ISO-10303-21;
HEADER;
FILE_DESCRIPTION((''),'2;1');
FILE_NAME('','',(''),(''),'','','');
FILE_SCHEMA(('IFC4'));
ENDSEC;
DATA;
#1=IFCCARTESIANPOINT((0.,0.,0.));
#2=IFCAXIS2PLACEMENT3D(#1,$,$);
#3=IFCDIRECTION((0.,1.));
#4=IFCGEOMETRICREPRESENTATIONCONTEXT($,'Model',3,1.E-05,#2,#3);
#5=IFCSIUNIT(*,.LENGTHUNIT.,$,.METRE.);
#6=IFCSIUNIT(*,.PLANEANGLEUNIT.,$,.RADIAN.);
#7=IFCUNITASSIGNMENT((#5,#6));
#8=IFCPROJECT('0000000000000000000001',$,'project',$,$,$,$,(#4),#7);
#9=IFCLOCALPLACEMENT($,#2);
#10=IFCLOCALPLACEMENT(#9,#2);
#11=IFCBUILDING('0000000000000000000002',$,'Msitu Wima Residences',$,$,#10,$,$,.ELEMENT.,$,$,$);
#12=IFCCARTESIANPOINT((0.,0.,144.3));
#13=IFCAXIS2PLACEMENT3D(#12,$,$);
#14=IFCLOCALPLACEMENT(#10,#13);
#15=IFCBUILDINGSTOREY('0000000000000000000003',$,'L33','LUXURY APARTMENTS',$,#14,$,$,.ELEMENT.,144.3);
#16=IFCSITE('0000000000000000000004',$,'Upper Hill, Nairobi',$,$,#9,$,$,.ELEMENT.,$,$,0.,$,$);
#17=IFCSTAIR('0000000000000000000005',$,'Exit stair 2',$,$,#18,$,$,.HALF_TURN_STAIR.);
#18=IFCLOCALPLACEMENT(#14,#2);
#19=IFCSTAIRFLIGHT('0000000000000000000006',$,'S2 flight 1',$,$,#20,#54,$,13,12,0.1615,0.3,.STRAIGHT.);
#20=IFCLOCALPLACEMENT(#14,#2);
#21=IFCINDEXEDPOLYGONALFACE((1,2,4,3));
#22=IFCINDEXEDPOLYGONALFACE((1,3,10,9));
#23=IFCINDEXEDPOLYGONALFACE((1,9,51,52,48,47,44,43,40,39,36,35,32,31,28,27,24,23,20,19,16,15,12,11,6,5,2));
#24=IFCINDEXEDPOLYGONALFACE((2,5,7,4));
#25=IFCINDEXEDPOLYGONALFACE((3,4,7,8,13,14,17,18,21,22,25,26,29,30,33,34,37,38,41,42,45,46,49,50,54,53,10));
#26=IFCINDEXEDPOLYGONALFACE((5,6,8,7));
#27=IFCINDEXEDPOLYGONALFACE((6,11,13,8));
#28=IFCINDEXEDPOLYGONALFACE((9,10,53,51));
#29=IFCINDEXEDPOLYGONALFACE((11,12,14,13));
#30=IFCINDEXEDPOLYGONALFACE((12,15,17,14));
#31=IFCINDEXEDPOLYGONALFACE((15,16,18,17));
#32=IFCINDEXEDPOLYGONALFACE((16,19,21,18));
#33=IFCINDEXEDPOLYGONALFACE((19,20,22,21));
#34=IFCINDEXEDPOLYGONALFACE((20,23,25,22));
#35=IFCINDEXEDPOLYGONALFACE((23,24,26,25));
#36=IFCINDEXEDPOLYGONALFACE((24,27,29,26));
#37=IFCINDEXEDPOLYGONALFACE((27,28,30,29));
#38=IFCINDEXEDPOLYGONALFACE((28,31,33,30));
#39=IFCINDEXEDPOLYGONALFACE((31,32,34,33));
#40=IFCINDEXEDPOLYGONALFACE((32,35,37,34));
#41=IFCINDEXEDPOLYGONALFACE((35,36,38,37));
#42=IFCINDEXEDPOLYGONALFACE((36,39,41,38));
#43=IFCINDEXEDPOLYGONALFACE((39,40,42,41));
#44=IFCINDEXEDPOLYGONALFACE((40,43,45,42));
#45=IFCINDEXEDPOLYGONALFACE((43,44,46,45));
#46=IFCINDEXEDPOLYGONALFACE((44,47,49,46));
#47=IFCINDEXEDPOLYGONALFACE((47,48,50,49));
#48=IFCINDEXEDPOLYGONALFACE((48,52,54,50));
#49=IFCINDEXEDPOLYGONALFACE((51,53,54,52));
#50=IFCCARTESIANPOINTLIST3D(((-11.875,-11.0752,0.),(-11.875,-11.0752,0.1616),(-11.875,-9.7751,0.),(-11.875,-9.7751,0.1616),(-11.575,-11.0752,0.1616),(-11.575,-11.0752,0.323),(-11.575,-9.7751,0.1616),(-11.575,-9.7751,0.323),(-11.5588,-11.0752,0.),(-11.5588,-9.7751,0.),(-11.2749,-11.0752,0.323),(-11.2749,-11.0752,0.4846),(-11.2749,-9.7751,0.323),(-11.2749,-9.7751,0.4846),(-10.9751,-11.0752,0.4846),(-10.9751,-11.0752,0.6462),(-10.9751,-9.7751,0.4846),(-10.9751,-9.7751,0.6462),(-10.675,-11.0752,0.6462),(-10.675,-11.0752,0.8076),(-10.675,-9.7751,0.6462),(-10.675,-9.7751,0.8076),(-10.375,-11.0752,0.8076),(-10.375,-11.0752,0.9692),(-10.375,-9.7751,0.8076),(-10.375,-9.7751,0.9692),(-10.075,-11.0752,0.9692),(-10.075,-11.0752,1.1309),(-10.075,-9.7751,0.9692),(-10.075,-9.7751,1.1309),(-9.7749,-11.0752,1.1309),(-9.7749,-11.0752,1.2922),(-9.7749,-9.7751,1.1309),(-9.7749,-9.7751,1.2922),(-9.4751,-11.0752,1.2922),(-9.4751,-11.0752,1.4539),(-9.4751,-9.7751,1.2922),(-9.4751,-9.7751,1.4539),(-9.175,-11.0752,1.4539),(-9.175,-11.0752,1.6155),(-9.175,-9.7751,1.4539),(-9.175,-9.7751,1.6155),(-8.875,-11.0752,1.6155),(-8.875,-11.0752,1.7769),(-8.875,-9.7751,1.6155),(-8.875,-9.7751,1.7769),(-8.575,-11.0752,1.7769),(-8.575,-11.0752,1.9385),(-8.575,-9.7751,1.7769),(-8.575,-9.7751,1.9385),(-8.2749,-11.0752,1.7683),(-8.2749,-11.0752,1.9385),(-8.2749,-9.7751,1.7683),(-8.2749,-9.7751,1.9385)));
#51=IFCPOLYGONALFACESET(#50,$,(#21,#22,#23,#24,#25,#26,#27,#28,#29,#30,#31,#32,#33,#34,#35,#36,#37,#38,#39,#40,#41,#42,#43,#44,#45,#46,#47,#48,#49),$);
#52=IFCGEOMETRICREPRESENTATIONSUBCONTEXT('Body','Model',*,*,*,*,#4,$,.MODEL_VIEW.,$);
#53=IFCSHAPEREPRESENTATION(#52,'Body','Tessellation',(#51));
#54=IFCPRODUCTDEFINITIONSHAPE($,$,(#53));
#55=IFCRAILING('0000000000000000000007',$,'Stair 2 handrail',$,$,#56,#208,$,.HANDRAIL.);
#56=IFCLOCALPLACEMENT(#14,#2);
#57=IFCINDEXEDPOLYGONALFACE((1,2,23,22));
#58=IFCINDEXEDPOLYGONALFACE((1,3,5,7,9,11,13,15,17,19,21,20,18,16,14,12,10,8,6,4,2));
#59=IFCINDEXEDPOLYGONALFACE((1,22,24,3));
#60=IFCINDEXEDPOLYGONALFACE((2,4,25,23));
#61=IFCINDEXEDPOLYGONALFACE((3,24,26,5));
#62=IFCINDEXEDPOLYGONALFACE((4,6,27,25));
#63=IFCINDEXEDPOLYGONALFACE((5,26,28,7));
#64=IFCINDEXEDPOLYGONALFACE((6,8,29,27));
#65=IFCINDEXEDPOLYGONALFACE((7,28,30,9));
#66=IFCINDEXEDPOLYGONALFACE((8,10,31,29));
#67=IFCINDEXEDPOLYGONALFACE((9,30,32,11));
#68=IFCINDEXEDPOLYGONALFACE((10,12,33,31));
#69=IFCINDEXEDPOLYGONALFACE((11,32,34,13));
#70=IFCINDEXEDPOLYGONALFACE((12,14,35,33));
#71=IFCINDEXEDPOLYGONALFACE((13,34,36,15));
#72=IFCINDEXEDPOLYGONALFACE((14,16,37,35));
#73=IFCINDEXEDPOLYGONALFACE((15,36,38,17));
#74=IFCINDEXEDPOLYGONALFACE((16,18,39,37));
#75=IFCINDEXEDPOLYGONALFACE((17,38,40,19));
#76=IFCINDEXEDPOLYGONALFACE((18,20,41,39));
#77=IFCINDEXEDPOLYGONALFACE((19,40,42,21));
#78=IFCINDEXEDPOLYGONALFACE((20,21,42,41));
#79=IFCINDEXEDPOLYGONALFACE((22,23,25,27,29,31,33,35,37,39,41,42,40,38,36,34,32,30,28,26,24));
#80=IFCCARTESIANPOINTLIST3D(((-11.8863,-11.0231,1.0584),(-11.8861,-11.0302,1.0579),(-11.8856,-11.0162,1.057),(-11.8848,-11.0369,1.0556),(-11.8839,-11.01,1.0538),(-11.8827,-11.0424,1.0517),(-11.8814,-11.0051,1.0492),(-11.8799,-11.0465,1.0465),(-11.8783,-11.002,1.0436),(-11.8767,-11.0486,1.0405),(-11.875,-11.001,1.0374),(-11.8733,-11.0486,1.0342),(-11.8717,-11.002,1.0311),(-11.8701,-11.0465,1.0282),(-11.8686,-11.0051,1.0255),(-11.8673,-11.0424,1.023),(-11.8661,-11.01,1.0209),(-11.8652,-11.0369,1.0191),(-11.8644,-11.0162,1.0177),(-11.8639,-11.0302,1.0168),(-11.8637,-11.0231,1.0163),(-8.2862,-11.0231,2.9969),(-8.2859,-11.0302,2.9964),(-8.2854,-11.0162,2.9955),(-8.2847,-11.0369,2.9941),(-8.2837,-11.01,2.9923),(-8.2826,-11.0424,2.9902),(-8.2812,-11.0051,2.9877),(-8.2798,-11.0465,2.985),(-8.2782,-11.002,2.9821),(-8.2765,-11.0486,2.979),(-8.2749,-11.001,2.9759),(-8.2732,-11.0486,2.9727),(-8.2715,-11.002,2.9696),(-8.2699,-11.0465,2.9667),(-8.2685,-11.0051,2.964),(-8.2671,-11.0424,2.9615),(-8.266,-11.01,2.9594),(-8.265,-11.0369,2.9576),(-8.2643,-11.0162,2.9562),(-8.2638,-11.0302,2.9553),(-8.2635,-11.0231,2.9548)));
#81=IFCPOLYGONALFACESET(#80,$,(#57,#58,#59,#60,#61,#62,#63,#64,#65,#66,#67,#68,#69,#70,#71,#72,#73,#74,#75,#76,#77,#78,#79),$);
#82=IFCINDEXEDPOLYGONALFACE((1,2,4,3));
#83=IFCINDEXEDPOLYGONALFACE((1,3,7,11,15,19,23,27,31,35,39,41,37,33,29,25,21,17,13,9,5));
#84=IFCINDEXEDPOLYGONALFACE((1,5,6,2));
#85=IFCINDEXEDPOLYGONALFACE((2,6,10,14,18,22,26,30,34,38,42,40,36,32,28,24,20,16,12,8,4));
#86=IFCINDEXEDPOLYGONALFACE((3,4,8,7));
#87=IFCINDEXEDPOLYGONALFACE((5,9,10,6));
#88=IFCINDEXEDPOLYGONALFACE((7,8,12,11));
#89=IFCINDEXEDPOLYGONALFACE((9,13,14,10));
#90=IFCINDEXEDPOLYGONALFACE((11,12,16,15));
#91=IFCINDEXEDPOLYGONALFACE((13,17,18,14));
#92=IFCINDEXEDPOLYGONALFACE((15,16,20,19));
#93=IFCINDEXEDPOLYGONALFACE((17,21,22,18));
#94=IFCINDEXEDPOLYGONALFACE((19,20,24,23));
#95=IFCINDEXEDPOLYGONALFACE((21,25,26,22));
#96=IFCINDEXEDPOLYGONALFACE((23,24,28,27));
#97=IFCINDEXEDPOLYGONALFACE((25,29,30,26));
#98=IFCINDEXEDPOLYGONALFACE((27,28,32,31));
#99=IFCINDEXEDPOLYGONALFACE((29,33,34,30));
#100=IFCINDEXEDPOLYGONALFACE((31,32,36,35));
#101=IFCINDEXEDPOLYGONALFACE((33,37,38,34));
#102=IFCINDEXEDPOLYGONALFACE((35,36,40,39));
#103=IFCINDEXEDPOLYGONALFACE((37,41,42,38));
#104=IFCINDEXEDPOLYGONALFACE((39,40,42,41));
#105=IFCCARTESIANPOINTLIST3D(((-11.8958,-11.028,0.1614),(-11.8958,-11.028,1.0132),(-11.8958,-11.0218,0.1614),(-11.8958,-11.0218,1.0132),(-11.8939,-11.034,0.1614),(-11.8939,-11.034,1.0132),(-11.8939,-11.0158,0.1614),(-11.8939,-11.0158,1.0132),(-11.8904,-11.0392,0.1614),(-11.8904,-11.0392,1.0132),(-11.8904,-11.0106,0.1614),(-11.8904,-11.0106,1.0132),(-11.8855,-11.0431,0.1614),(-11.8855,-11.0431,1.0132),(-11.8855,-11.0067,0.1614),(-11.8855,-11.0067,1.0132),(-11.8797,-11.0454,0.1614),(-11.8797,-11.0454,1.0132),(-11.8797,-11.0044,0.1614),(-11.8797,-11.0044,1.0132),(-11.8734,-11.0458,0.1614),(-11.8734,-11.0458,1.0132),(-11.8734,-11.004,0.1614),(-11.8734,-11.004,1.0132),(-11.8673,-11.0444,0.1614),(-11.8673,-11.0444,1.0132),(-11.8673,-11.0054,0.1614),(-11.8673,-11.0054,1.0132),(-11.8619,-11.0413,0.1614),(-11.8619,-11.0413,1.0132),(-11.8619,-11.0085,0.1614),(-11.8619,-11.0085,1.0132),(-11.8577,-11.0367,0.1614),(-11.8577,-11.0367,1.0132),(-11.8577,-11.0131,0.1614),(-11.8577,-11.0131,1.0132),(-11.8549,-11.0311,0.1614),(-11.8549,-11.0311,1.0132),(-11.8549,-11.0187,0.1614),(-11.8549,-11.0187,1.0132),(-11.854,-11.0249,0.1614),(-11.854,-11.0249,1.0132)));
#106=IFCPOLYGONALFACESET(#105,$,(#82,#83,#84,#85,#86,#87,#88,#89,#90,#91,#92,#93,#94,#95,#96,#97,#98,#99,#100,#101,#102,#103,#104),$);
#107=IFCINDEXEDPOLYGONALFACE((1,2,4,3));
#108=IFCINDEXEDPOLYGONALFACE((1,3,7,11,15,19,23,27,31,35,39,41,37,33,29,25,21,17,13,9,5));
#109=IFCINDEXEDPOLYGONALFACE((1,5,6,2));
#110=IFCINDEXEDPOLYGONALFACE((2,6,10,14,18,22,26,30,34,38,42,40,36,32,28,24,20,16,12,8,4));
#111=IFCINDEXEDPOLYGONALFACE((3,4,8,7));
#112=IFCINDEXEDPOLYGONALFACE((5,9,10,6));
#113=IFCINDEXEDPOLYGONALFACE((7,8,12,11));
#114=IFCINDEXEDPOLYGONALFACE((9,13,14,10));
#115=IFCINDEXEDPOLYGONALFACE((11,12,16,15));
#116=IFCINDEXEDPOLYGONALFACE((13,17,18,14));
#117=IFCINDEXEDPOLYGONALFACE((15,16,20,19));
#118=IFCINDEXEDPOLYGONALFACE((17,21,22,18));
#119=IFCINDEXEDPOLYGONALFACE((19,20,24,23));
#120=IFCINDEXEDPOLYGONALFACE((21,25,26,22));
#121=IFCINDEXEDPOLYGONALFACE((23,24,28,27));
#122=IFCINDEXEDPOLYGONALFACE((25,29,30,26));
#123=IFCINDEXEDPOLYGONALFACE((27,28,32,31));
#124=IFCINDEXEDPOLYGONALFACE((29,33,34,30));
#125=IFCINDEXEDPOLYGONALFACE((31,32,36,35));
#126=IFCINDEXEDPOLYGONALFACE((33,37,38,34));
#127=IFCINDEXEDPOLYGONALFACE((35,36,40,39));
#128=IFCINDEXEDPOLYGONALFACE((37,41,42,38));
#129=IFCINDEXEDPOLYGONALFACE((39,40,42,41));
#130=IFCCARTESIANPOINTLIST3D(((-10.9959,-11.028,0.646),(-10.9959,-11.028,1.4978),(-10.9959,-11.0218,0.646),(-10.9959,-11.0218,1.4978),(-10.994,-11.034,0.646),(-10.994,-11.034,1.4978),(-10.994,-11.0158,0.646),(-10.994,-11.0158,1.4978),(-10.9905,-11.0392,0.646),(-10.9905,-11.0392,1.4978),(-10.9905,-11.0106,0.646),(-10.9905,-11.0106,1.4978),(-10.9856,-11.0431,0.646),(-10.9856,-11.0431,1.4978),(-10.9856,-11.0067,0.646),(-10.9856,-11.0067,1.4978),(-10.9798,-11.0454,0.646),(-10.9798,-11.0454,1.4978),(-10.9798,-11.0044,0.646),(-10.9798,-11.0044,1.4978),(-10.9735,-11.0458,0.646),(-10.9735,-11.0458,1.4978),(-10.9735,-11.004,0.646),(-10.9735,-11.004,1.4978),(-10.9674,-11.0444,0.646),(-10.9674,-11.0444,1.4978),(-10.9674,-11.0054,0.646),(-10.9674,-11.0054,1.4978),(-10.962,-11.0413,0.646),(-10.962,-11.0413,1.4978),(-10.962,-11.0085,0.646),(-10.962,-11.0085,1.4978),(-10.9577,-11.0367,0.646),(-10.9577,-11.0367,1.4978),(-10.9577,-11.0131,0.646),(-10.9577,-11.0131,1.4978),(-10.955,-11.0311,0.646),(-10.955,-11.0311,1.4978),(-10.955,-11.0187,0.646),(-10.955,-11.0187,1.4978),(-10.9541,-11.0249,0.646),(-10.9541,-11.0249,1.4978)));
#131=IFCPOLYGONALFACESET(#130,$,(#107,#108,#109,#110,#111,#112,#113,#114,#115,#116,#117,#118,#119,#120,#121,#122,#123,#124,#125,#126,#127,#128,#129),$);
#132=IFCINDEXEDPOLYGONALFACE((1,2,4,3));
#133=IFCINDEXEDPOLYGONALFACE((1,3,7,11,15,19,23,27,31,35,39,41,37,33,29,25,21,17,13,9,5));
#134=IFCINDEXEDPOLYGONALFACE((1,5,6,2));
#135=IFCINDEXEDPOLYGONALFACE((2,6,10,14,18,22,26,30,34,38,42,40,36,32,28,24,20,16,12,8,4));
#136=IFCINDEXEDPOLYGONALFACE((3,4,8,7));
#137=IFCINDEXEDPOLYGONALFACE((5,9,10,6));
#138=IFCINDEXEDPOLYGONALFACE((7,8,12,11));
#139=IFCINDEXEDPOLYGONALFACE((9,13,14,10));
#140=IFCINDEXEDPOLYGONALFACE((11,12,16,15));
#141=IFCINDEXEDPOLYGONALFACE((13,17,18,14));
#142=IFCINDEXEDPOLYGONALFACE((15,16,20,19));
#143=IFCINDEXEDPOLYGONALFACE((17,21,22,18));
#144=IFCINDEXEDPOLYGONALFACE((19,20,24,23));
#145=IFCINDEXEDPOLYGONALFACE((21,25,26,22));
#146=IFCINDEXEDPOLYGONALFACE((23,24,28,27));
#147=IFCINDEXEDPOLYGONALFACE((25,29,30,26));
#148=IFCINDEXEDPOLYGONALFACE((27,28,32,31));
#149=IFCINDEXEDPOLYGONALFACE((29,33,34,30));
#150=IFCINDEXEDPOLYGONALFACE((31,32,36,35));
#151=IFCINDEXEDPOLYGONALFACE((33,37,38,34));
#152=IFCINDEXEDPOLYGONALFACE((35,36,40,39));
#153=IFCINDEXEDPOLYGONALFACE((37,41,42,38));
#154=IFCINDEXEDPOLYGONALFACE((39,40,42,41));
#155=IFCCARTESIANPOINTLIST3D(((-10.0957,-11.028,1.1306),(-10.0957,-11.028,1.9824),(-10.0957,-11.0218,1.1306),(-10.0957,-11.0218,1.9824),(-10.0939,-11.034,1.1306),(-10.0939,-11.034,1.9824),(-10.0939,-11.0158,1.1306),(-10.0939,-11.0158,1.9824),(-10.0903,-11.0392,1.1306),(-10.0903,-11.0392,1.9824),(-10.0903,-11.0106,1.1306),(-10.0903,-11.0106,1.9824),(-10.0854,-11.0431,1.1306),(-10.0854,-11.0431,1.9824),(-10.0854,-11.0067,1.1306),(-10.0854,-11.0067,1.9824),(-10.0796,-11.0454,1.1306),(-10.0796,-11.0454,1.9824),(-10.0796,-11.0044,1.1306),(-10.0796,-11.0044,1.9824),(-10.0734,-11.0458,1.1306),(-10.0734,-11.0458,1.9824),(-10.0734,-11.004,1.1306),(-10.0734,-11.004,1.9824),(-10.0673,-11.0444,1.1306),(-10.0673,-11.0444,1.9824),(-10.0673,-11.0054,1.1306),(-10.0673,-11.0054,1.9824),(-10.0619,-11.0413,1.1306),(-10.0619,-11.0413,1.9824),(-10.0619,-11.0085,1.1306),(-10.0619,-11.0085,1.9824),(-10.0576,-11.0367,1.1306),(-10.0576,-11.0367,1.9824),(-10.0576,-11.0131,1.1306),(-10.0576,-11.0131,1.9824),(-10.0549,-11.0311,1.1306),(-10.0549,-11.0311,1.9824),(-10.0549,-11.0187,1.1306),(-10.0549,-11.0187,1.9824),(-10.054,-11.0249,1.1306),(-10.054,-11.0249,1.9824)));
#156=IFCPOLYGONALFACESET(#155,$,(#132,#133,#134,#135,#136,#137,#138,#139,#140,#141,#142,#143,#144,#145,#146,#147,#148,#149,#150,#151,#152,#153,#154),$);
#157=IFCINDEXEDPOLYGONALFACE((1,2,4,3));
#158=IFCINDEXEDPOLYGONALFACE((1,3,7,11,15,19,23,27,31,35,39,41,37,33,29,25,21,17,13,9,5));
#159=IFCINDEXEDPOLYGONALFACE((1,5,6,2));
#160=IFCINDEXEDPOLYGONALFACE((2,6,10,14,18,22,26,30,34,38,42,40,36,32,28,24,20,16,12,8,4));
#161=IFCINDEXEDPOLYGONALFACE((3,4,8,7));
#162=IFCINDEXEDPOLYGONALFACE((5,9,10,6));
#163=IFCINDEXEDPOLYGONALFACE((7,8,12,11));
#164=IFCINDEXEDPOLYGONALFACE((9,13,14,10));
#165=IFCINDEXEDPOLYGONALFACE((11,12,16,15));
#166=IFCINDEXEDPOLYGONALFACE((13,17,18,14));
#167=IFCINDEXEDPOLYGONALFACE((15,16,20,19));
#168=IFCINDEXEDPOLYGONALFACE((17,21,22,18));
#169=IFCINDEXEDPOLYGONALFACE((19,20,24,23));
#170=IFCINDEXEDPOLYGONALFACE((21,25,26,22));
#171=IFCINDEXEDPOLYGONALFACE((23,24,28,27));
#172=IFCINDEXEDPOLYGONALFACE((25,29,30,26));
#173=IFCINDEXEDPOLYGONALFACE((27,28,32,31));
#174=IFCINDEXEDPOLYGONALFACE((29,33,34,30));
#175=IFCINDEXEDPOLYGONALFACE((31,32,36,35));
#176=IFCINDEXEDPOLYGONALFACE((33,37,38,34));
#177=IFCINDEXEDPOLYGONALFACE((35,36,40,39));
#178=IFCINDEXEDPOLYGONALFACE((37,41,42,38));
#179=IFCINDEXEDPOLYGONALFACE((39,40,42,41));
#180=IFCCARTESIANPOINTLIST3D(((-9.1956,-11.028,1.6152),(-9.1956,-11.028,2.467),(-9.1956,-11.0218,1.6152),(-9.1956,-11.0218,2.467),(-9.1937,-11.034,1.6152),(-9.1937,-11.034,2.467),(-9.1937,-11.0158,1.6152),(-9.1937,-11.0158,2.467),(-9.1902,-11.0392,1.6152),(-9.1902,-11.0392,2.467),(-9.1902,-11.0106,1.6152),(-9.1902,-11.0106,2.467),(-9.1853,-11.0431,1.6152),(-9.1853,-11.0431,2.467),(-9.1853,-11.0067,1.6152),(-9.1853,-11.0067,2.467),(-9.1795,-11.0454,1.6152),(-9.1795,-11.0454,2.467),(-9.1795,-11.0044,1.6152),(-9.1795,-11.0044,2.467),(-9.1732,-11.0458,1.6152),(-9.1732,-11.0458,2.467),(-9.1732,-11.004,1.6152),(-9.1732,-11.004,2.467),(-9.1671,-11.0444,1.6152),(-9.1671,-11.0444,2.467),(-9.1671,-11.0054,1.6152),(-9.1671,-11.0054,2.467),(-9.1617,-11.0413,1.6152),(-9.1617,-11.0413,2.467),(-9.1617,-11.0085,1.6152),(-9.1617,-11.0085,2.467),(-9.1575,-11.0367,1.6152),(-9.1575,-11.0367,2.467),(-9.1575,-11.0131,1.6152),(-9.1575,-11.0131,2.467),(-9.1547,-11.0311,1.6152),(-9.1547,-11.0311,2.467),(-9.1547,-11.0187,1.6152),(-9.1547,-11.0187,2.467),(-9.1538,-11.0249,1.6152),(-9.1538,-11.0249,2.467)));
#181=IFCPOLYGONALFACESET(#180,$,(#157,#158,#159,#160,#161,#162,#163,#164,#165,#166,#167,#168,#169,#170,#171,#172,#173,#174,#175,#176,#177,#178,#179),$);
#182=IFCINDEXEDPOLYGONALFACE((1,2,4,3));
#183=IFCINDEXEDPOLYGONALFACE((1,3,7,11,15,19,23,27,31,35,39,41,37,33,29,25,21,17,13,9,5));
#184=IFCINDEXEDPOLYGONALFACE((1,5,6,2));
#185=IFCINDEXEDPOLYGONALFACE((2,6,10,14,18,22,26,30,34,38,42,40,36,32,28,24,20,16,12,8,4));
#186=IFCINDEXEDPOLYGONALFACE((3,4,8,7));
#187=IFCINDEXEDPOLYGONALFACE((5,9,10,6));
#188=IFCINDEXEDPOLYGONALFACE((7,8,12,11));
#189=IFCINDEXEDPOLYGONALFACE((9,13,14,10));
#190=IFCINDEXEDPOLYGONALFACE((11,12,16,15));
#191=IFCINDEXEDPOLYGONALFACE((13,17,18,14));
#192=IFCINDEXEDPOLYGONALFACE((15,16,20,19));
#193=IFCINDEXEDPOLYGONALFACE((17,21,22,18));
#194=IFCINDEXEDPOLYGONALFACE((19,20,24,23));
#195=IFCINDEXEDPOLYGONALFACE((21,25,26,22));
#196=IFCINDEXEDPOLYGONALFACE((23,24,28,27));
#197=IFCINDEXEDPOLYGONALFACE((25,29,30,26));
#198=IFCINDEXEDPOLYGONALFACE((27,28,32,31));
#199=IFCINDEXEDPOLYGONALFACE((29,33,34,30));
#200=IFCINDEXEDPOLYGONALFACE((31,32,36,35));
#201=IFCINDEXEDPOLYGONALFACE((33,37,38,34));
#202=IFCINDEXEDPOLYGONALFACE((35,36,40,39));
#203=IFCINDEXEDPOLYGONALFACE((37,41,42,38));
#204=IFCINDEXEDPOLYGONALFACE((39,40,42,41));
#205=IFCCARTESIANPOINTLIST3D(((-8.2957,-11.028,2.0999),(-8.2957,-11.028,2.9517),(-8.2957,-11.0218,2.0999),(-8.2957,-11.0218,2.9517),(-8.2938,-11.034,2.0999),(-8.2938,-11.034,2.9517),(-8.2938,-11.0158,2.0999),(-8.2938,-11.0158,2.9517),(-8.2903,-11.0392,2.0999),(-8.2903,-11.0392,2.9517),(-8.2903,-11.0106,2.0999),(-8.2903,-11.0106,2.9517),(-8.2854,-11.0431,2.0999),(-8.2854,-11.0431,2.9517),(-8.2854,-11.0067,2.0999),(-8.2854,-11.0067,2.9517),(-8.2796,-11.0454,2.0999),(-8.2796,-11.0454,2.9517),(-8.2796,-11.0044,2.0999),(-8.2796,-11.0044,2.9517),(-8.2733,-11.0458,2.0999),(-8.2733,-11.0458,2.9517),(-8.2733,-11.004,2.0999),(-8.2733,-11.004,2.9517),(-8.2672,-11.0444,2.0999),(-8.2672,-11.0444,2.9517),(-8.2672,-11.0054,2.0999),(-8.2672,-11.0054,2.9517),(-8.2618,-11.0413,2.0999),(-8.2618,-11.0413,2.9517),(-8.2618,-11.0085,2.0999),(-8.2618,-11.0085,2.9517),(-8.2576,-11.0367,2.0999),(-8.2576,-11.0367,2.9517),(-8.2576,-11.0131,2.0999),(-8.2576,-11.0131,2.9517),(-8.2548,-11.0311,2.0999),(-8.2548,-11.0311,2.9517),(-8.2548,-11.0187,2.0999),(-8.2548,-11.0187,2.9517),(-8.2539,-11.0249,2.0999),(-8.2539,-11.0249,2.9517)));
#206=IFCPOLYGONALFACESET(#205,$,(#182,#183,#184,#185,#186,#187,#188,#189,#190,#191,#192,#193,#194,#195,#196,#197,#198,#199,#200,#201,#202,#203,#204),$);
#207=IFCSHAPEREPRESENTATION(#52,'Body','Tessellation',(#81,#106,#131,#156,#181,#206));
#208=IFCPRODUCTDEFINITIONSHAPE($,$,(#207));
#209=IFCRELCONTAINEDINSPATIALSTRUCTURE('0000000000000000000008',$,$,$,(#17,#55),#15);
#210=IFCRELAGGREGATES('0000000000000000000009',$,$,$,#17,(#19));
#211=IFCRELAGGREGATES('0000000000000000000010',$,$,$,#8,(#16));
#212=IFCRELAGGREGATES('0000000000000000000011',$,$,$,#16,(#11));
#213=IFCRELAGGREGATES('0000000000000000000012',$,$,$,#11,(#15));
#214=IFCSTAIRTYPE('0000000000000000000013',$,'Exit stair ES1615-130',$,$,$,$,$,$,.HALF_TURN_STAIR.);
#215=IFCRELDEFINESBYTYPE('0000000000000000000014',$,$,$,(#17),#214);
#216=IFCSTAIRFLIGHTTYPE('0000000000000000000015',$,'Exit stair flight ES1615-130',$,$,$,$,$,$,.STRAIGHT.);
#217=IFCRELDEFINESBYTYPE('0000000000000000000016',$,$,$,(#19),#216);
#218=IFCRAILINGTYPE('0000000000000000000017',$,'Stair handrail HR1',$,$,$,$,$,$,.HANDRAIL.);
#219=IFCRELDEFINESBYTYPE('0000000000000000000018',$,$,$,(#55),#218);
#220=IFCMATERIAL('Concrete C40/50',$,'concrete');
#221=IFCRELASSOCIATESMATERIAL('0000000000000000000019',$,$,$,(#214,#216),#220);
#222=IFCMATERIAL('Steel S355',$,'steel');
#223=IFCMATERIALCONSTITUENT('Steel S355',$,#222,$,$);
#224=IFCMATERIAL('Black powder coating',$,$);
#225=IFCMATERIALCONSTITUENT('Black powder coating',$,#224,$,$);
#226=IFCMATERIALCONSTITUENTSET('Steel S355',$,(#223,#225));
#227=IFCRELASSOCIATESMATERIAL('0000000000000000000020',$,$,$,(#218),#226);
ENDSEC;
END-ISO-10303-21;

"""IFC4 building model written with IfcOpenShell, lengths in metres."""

from ifc_helpers import new_model, si_unit, direction, frame, origin, origin_2d, place, context, subcontext, project, spatial, polyline, circle, outline, extrude, material, constituent, constituent_set, type_object, element, aggregate, save


model = new_model("IFC4")

# Units and contexts
model_context = context("Model", 3, precision=1e-05, world=origin(), true_north=direction((0.0, 1.0)))
body_context = subcontext(model_context, "Body", "Model", "MODEL_VIEW")
ifc_project = project(units=[si_unit("LENGTHUNIT", "METRE"), si_unit("PLANEANGLEUNIT", "RADIAN")], contexts=[model_context])

# Site, building, storey
site_placement = place(None, origin())
site = spatial("IfcSite", under=ifc_project, at=site_placement, Name="Upper Hill, Nairobi", CompositionType="ELEMENT", RefElevation=0.0)
building_placement = place(site_placement, origin())
building = spatial("IfcBuilding", under=site, at=building_placement, Name="Msitu Wima Residences", CompositionType="ELEMENT")
storey_placement = place(building_placement, frame((0.0, 0.0, 144.3)))
storey = spatial("IfcBuildingStorey", under=building, at=storey_placement, Name="L33", Description="LUXURY APARTMENTS", CompositionType="ELEMENT", Elevation=144.3)

# Stair, stair flight
ifc_material_1 = material(Name="Concrete C40/50", Category="concrete")
stair_type = type_object("IfcStairType", Name="Exit stair ES1615-130", PredefinedType="HALF_TURN_STAIR", material=ifc_material_1)
stair_placement = place(storey_placement, origin())
stair = element("IfcStair", 1, at=stair_placement, inside=storey, type_object=stair_type, Name="Exit stair 2", PredefinedType="HALF_TURN_STAIR")
stair_flight_type = type_object("IfcStairFlightType", Name="Exit stair flight ES1615-130", PredefinedType="STRAIGHT", material=ifc_material_1)
stair_flight_placement = place(storey_placement, frame((-11.875, -10.425, 0.0), z_axis=(0.0, 0.0, 1.0), x_axis=(1.0, 0.0, 0.0)))
stair_flight = element("IfcStairFlight", 2, at=stair_flight_placement, type_object=stair_flight_type, Name="S2 flight 1", NumberOfRisers=13, NumberOfTreads=12, PredefinedType="STRAIGHT", RiserHeight=0.1615, TreadLength=0.3, context=body_context, shape_type="SweptSolid", body=[
    extrude(outline(polyline([(0.0, 0.0), (0.0, 0.1616), (0.3, 0.1616), (0.3, 0.323), (0.6001, 0.323), (0.6001, 0.4846), (0.8999, 0.4846), (0.8999, 0.6462), (1.2, 0.6462), (1.2, 0.8076), (1.5, 0.8076), (1.5, 0.9692), (1.8, 0.9692), (1.8, 1.1309), (2.1001, 1.1309), (2.1001, 1.2922), (2.3999, 1.2922), (2.3999, 1.4539), (2.7, 1.4539), (2.7, 1.6155), (3.0, 1.6155), (3.0, 1.7769), (3.3, 1.7769), (3.3, 1.9385), (3.6001, 1.9385), (3.6001, 2.1001), (3.6001, 1.7683), (0.3162, 0.0), (0.0, 0.0)])), frame((0.0, 0.6499, 0.0), z_axis=(0.0, -1.0, 0.0), x_axis=(1.0, 0.0, 0.0)), (0.0, 0.0, 1.0), 1.3),
])
aggregate(stair, [stair_flight])

# Railing
ifc_material_2 = material(Name="Steel S355", Category="steel")
ifc_constituent_1 = constituent(ifc_material_2, Name="Steel S355")
ifc_material_3 = material(Name="Black powder coating")
ifc_constituent_2 = constituent(ifc_material_3, Name="Black powder coating")
ifc_constituent_set = constituent_set(constituents=[ifc_constituent_1, ifc_constituent_2], Name="Steel S355")
railing_type = type_object("IfcRailingType", Name="Stair handrail HR1", PredefinedType="HANDRAIL", material=ifc_constituent_set)
for number, where, name in (
    (3, (-11.875, -11.0249, 0.1614), "Stair 2 handrail"),
):
    element("IfcRailing", number, at=place(storey_placement, frame(where)), inside=storey, type_object=railing_type, Name=name, PredefinedType="HANDRAIL", context=body_context, shape_type="SweptSolid", body=[
        extrude(circle(Radius=0.0239, at=origin_2d()), frame((0.0, 0.0, 0.876), z_axis=(0.880475, 0.0, 0.474093), x_axis=(0.0, 1.0, 0.0)), (0.0, 0.0, 1.0), 4.0889),
        extrude(circle(Radius=0.021, at=origin_2d()), origin(), (0.0, 0.0, 1.0), 0.8518),
        extrude(circle(Radius=0.021, at=origin_2d()), frame((0.8999, 0.0, 0.4846)), (0.0, 0.0, 1.0), 0.8518),
        extrude(circle(Radius=0.021, at=origin_2d()), frame((1.8, 0.0, 0.9692)), (0.0, 0.0, 1.0), 0.8518),
        extrude(circle(Radius=0.021, at=origin_2d()), frame((2.7002, 0.0, 1.4539)), (0.0, 0.0, 1.0), 0.8518),
        extrude(circle(Radius=0.021, at=origin_2d()), frame((3.6001, 0.0, 1.9385)), (0.0, 0.0, 1.0), 0.8518),
    ])

save(model, "model.ifc")
